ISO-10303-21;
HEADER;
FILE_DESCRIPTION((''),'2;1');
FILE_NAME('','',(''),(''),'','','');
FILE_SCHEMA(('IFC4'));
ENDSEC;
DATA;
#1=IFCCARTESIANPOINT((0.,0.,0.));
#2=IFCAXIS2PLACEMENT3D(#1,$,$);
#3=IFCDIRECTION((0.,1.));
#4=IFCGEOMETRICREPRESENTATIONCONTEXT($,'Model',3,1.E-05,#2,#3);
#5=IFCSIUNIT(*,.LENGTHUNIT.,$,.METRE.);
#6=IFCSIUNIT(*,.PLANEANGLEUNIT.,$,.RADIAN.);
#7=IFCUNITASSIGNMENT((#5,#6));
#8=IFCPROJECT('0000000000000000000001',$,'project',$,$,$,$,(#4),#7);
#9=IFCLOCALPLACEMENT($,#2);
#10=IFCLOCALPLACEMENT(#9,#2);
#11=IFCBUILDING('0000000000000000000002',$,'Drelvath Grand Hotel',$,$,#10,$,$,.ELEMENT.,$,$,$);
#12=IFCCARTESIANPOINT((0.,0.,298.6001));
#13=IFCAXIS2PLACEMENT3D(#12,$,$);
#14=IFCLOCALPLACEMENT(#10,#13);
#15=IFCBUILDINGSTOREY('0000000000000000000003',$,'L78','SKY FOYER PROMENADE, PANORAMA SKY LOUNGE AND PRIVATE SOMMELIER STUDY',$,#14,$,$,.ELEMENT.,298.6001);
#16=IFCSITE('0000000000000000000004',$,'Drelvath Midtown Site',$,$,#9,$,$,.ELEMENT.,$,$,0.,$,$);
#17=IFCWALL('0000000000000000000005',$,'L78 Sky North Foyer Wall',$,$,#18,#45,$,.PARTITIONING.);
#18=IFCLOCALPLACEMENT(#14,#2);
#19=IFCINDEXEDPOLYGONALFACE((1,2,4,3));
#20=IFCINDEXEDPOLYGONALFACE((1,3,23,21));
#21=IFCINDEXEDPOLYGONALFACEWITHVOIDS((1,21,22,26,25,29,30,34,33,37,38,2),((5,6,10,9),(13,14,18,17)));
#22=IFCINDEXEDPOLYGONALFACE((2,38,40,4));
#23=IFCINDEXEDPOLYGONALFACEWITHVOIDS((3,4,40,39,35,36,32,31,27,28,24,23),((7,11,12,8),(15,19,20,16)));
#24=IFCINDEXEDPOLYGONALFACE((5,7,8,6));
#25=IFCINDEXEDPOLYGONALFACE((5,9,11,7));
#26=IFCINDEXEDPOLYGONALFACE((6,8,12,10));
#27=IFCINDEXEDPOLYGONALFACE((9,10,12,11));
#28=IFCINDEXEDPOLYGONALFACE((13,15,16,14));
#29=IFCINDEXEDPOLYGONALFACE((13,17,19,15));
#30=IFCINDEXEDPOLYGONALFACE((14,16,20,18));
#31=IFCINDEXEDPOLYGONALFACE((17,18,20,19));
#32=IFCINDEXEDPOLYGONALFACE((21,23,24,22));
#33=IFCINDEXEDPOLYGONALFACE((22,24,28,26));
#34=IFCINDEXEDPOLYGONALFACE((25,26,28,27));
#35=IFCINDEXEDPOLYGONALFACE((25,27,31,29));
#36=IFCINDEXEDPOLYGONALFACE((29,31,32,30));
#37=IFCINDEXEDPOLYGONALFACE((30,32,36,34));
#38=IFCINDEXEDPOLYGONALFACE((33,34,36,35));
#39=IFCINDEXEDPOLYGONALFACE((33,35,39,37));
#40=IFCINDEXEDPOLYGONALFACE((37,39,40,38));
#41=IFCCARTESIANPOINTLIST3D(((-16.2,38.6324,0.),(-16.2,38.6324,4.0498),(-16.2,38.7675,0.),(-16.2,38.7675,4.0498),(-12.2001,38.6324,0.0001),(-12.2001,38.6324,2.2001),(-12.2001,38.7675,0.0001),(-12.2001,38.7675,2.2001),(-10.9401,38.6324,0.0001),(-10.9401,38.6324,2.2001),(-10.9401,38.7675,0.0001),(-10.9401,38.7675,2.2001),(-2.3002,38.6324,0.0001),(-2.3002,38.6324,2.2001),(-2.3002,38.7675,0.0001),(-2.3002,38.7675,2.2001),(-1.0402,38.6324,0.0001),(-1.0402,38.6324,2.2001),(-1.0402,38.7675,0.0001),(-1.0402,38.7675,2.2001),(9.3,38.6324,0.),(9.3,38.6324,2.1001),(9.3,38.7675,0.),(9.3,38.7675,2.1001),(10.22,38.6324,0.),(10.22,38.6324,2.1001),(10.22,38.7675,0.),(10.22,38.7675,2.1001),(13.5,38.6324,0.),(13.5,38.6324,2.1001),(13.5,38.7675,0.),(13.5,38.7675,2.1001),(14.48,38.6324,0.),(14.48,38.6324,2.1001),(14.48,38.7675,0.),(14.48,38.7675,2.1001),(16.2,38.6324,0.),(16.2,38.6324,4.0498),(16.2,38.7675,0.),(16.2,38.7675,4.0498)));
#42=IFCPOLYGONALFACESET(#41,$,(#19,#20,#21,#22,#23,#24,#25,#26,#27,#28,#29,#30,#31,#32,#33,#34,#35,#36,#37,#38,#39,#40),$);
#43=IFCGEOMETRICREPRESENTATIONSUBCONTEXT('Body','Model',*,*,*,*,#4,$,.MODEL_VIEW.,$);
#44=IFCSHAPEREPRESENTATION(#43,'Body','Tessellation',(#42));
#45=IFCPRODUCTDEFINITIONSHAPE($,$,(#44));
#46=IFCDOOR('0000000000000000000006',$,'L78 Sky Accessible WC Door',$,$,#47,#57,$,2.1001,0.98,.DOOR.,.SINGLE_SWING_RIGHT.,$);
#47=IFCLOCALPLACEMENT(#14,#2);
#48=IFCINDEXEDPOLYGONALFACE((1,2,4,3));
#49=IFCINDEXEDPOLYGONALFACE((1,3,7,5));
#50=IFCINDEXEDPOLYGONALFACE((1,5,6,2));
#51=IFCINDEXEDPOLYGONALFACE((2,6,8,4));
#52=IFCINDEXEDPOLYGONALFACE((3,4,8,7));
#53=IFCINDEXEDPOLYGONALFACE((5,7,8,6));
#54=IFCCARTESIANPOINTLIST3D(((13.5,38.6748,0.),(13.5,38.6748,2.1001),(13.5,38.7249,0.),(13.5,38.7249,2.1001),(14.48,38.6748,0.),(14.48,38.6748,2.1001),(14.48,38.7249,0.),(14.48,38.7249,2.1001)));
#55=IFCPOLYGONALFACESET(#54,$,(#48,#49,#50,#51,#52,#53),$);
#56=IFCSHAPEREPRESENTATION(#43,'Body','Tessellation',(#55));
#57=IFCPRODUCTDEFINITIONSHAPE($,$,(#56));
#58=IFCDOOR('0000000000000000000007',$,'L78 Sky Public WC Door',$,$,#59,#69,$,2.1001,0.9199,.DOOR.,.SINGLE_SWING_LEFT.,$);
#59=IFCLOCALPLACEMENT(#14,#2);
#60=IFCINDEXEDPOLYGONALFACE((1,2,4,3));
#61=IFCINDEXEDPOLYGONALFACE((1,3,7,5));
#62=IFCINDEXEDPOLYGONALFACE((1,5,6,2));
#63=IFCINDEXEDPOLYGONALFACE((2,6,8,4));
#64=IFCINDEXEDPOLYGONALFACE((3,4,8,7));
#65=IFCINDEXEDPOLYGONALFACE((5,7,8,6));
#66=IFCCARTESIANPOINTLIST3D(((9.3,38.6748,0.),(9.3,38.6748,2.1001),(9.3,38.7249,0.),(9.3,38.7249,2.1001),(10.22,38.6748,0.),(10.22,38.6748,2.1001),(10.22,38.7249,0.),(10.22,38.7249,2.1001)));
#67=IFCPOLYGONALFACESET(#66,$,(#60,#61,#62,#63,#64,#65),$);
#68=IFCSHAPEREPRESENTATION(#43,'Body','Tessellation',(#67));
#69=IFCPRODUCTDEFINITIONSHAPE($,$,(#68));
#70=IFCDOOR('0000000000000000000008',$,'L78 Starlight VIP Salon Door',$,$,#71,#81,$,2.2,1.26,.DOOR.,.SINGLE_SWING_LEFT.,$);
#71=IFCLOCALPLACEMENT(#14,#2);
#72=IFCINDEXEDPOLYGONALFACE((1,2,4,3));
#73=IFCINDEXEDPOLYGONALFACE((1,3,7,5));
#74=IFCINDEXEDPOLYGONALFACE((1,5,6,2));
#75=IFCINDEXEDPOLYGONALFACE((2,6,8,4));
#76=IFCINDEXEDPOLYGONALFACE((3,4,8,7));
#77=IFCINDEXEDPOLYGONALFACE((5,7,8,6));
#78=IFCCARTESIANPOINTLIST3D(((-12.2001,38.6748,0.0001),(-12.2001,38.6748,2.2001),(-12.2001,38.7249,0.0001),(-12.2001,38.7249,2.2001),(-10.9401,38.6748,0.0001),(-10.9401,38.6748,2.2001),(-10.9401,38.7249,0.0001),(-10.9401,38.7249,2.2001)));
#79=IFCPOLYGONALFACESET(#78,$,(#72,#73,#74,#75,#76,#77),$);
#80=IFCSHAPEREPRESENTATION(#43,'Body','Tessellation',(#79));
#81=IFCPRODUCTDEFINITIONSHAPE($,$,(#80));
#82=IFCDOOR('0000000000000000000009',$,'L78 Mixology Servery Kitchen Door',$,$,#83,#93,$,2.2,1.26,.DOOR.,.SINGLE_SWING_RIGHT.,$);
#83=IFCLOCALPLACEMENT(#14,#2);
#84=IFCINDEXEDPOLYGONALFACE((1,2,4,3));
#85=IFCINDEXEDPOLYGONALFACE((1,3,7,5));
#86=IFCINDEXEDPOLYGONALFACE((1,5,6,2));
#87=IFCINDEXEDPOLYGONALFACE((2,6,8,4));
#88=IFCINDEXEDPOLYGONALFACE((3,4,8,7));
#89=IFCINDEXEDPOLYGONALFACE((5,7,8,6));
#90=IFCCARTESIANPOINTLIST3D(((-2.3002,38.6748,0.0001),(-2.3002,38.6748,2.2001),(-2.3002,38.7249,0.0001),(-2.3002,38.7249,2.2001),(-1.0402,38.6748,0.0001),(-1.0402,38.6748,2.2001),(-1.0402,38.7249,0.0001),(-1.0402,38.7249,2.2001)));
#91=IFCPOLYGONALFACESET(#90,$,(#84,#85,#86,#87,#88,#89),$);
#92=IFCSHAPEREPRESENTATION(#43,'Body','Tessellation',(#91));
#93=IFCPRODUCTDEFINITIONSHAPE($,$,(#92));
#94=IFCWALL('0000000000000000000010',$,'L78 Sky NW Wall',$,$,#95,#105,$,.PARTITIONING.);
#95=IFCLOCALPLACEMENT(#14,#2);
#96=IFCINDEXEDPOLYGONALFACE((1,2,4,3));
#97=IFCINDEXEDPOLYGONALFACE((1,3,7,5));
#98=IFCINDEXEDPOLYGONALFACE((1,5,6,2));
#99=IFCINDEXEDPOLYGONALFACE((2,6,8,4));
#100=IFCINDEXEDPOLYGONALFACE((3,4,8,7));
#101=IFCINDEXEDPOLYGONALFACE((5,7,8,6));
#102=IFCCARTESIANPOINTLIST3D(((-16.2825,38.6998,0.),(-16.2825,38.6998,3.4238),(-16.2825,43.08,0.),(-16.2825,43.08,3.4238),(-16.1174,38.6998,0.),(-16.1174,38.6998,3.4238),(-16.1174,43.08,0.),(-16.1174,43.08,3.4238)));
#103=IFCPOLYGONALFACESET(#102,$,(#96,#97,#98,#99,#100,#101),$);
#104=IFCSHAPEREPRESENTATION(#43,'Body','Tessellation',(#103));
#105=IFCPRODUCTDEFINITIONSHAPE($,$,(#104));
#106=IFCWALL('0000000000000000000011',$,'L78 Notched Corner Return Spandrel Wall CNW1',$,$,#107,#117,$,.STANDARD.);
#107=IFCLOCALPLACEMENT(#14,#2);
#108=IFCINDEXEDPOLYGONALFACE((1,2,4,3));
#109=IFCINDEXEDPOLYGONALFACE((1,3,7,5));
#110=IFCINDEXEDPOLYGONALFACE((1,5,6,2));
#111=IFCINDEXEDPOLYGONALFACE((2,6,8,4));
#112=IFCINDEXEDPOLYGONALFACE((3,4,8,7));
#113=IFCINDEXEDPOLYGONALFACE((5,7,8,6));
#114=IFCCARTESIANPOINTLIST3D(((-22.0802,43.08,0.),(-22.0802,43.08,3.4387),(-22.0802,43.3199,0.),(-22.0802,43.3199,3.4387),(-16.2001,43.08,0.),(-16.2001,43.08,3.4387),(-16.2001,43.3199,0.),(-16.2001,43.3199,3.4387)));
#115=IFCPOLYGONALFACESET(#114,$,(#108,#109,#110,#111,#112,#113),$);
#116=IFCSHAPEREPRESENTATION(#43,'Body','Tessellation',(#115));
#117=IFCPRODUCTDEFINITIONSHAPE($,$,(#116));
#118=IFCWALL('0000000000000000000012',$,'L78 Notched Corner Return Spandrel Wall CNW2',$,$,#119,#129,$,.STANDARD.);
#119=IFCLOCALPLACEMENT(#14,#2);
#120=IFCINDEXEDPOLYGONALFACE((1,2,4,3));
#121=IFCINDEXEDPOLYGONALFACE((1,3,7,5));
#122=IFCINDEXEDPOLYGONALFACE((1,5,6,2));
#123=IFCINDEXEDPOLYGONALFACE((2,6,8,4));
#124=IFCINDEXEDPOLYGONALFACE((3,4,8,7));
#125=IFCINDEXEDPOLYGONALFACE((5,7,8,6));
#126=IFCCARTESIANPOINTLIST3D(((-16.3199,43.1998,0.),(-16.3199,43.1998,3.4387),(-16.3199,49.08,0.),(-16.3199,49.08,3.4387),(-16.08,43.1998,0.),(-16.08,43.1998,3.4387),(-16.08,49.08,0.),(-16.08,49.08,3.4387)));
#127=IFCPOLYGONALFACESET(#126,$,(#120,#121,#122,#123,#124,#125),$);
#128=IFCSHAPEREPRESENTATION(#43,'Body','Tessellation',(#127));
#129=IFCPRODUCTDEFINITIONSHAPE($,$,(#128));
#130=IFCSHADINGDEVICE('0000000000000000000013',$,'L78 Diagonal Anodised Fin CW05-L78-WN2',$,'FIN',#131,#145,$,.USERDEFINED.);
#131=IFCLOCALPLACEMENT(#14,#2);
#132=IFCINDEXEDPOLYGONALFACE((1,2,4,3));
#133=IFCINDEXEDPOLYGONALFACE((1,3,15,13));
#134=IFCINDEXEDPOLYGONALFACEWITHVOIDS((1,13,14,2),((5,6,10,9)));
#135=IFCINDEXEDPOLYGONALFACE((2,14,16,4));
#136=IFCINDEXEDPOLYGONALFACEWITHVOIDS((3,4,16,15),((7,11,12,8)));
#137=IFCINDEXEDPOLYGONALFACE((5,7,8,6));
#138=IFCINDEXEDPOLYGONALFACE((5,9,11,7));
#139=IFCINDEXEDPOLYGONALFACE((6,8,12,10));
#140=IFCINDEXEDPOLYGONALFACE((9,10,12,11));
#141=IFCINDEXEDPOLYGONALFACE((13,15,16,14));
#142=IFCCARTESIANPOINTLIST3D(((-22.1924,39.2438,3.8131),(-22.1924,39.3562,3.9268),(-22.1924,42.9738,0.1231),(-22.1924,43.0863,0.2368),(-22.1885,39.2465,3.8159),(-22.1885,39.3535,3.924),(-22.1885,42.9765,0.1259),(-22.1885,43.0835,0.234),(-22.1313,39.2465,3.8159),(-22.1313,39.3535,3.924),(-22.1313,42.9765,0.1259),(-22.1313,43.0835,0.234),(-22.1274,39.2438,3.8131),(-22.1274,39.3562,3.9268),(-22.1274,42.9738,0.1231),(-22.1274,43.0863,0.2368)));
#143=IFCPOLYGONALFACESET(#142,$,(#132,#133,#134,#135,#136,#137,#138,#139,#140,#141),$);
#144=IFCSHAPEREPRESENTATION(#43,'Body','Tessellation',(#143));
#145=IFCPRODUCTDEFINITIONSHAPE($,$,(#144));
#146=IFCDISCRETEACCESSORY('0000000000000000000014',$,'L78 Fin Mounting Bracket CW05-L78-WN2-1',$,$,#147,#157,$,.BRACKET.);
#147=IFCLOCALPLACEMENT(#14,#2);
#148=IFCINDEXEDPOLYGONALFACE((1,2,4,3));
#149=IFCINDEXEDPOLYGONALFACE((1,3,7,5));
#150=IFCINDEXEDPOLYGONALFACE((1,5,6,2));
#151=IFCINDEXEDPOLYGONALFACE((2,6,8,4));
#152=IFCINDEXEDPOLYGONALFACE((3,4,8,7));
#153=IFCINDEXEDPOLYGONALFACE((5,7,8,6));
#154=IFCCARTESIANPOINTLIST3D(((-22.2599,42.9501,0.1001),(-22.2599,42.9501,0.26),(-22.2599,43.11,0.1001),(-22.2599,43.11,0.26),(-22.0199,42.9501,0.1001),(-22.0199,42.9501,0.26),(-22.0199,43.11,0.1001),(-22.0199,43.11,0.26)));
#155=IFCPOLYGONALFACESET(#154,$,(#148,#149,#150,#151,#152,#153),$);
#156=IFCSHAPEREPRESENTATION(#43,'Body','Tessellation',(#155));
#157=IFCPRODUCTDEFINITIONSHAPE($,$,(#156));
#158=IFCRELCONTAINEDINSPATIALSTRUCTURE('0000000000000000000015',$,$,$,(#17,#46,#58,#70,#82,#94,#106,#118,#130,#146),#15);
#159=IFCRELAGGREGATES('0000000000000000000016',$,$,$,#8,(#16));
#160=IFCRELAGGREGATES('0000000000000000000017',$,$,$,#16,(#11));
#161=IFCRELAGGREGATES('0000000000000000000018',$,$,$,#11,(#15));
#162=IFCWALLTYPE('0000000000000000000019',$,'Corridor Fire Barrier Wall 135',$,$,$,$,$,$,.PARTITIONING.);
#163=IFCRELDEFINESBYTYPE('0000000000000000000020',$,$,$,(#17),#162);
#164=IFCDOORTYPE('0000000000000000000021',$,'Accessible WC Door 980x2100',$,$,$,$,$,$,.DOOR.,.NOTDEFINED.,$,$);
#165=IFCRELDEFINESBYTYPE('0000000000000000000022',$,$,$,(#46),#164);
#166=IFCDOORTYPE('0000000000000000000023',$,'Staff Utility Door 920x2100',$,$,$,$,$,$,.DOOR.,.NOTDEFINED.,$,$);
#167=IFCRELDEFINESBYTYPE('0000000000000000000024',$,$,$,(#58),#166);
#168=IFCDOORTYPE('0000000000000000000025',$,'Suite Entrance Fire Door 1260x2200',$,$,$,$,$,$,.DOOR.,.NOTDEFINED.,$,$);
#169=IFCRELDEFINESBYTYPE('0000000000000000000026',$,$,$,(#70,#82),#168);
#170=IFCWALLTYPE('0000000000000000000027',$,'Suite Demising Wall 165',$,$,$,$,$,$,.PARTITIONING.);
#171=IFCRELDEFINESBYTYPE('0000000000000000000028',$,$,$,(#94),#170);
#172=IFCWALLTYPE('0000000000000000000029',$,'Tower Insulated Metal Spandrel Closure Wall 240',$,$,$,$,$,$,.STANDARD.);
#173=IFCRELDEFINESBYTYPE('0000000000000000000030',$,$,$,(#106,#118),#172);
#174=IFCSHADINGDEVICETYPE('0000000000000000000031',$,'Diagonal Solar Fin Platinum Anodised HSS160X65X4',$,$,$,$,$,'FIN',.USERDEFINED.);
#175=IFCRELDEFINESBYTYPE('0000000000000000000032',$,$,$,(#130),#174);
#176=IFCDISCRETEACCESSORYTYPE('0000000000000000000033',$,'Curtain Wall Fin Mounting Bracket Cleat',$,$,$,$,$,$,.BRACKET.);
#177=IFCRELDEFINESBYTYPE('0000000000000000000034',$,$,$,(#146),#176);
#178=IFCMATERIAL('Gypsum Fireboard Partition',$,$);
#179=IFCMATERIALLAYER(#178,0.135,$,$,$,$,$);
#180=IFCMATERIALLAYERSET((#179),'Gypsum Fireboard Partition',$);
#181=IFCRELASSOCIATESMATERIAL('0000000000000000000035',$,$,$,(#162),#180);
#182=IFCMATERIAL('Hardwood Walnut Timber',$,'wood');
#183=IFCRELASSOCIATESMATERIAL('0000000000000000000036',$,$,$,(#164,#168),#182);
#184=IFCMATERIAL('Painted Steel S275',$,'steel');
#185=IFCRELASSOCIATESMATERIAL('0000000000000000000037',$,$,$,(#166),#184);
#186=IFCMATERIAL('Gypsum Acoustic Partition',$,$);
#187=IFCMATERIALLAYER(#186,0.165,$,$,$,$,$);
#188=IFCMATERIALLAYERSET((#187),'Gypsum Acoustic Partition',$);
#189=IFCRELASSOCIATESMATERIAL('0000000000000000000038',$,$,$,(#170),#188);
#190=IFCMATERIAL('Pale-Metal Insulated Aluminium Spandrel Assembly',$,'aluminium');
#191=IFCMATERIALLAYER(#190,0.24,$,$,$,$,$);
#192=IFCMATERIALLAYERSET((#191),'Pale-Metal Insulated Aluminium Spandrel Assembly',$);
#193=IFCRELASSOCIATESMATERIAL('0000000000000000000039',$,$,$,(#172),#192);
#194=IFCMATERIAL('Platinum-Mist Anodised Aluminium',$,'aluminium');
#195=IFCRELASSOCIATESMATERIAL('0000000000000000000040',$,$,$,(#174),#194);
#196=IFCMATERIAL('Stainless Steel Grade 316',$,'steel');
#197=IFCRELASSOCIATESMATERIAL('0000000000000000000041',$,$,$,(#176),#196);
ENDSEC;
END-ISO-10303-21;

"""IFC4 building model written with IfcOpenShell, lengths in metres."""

from ifc_helpers import new_model, si_unit, direction, frame, frame_2d, origin, origin_2d, place, context, subcontext, project, spatial, rectangle, hollow_rectangle, extrude, material, layer, layer_set, material_profile, profile_set, type_object, element, fill, save


model = new_model("IFC4")

# Units and contexts
model_context = context("Model", 3, precision=1e-05, world=origin(), true_north=direction((0.0, 1.0)))
body_context = subcontext(model_context, "Body", "Model", "MODEL_VIEW")
ifc_project = project(units=[si_unit("LENGTHUNIT", "METRE"), si_unit("PLANEANGLEUNIT", "RADIAN")], contexts=[model_context])

# Site, building, storey
site_placement = place(None, origin())
site = spatial("IfcSite", under=ifc_project, at=site_placement, Name="Drelvath Midtown Site", CompositionType="ELEMENT", RefElevation=0.0)
building_placement = place(site_placement, origin())
building = spatial("IfcBuilding", under=site, at=building_placement, Name="Drelvath Grand Hotel", CompositionType="ELEMENT")
storey_placement = place(building_placement, frame((0.0, 0.0, 298.6001)))
storey = spatial("IfcBuildingStorey", under=building, at=storey_placement, Name="L78", Description="SKY FOYER PROMENADE, PANORAMA SKY LOUNGE AND PRIVATE SOMMELIER STUDY", CompositionType="ELEMENT", Elevation=298.6001)

# Wall, openings, doors
ifc_material_1 = material(Name="Gypsum Fireboard Partition")
ifc_layer_1 = layer(ifc_material_1, 0.135)
ifc_layer_set_1 = layer_set([ifc_layer_1], Name="Gypsum Fireboard Partition")
wall_type_1 = type_object("IfcWallType", Name="Corridor Fire Barrier Wall 135", PredefinedType="PARTITIONING", material=ifc_layer_set_1)
wall_1_placement = place(storey_placement, frame((-16.2, 38.7, 0.0), z_axis=(0.0, 0.0, 1.0), x_axis=(1.0, 0.0, 0.0)))
wall_1 = element("IfcWall", 1, at=wall_1_placement, inside=storey, type_object=wall_type_1, Name="L78 Sky North Foyer Wall", PredefinedType="PARTITIONING", context=body_context, shape_type="SweptSolid", body=[
    extrude(rectangle(XDim=32.3999, YDim=0.135, at=frame_2d((16.2, 0.0))), origin(), (0.0, 0.0, 1.0), 4.0498),
])
opening_1_placement = place(wall_1_placement, frame((4.0, 0.0, 0.0)))
opening_1 = element("IfcOpeningElement", 2, at=opening_1_placement, cuts=wall_1, PredefinedType="OPENING", context=body_context, shape_type="SweptSolid", body=[
    extrude(rectangle(XDim=1.26, YDim=2.2, at=frame_2d((0.6299, 1.1001))), frame((0.0, 0.0774, 0.0), z_axis=(0.0, -1.0, 0.0), x_axis=(1.0, 0.0, 0.0)), (0.0, 0.0, 1.0), 0.155),
])
opening_2_placement = place(wall_1_placement, frame((13.8999, 0.0, 0.0)))
opening_2 = element("IfcOpeningElement", 3, at=opening_2_placement, cuts=wall_1, PredefinedType="OPENING", context=body_context, shape_type="SweptSolid", body=[
    extrude(rectangle(XDim=1.26, YDim=2.2, at=frame_2d((0.6299, 1.1001))), frame((0.0, 0.0774, 0.0), z_axis=(0.0, -1.0, 0.0), x_axis=(1.0, 0.0, 0.0)), (0.0, 0.0, 1.0), 0.155),
])
opening_3_placement = place(wall_1_placement, frame((25.5, 0.0, 0.0)))
opening_3 = element("IfcOpeningElement", 4, at=opening_3_placement, cuts=wall_1, PredefinedType="OPENING", context=body_context, shape_type="SweptSolid", body=[
    extrude(rectangle(XDim=0.9199, YDim=2.1001, at=frame_2d((0.46, 1.05))), frame((0.0, 0.0774, 0.0), z_axis=(0.0, -1.0, 0.0), x_axis=(1.0, 0.0, 0.0)), (0.0, 0.0, 1.0), 0.155),
])
opening_4_placement = place(wall_1_placement, frame((29.7, 0.0, 0.0)))
opening_4 = element("IfcOpeningElement", 5, at=opening_4_placement, cuts=wall_1, PredefinedType="OPENING", context=body_context, shape_type="SweptSolid", body=[
    extrude(rectangle(XDim=0.98, YDim=2.1001, at=frame_2d((0.49, 1.05))), frame((0.0, 0.0774, 0.0), z_axis=(0.0, -1.0, 0.0), x_axis=(1.0, 0.0, 0.0)), (0.0, 0.0, 1.0), 0.155),
])
ifc_material_2 = material(Name="Hardwood Walnut Timber", Category="wood")
door_type_1 = type_object("IfcDoorType", Name="Accessible WC Door 980x2100", OperationType="NOTDEFINED", PredefinedType="DOOR", material=ifc_material_2)
door_1_placement = place(opening_4_placement, origin())
door_1 = element("IfcDoor", 6, at=door_1_placement, inside=storey, type_object=door_type_1, Name="L78 Sky Accessible WC Door", OperationType="SINGLE_SWING_RIGHT", OverallHeight=2.1001, OverallWidth=0.98, PredefinedType="DOOR", context=body_context, shape_type="SweptSolid", body=[
    extrude(rectangle(XDim=0.98, YDim=2.1001, at=frame_2d((0.49, 1.05))), frame((0.0, 0.0249, 0.0), z_axis=(0.0, -1.0, 0.0), x_axis=(1.0, 0.0, 0.0)), (0.0, 0.0, 1.0), 0.05),
])
fill(opening_4, door_1)
ifc_material_3 = material(Name="Painted Steel S275", Category="steel")
door_type_2 = type_object("IfcDoorType", Name="Staff Utility Door 920x2100", OperationType="NOTDEFINED", PredefinedType="DOOR", material=ifc_material_3)
door_2_placement = place(opening_3_placement, origin())
door_2 = element("IfcDoor", 7, at=door_2_placement, inside=storey, type_object=door_type_2, Name="L78 Sky Public WC Door", OperationType="SINGLE_SWING_LEFT", OverallHeight=2.1001, OverallWidth=0.9199, PredefinedType="DOOR", context=body_context, shape_type="SweptSolid", body=[
    extrude(rectangle(XDim=0.9199, YDim=2.1001, at=frame_2d((0.46, 1.05))), frame((0.0, 0.0249, 0.0), z_axis=(0.0, -1.0, 0.0), x_axis=(1.0, 0.0, 0.0)), (0.0, 0.0, 1.0), 0.05),
])
fill(opening_3, door_2)
door_type_3 = type_object("IfcDoorType", Name="Suite Entrance Fire Door 1260x2200", OperationType="NOTDEFINED", PredefinedType="DOOR", material=ifc_material_2)
door_3_placement = place(opening_1_placement, origin())
door_3 = element("IfcDoor", 8, at=door_3_placement, inside=storey, type_object=door_type_3, Name="L78 Starlight VIP Salon Door", OperationType="SINGLE_SWING_LEFT", OverallHeight=2.2, OverallWidth=1.26, PredefinedType="DOOR", context=body_context, shape_type="SweptSolid", body=[
    extrude(rectangle(XDim=1.26, YDim=2.2, at=frame_2d((0.6299, 1.1001))), frame((0.0, 0.0249, 0.0), z_axis=(0.0, -1.0, 0.0), x_axis=(1.0, 0.0, 0.0)), (0.0, 0.0, 1.0), 0.05),
])
fill(opening_1, door_3)
door_4_placement = place(opening_2_placement, origin())
door_4 = element("IfcDoor", 9, at=door_4_placement, inside=storey, type_object=door_type_3, Name="L78 Mixology Servery Kitchen Door", OperationType="SINGLE_SWING_RIGHT", OverallHeight=2.2, OverallWidth=1.26, PredefinedType="DOOR", context=body_context, shape_type="SweptSolid", body=[
    extrude(rectangle(XDim=1.26, YDim=2.2, at=frame_2d((0.6299, 1.1001))), frame((0.0, 0.0249, 0.0), z_axis=(0.0, -1.0, 0.0), x_axis=(1.0, 0.0, 0.0)), (0.0, 0.0, 1.0), 0.05),
])
fill(opening_2, door_4)

# Walls
ifc_material_4 = material(Name="Gypsum Acoustic Partition")
ifc_layer_2 = layer(ifc_material_4, 0.165)
ifc_layer_set_2 = layer_set([ifc_layer_2], Name="Gypsum Acoustic Partition")
wall_type_2 = type_object("IfcWallType", Name="Suite Demising Wall 165", PredefinedType="PARTITIONING", material=ifc_layer_set_2)
wall_2_placement = place(storey_placement, frame((-16.2, 38.7, 0.0), z_axis=(0.0, 0.0, 1.0), x_axis=(0.0, 1.0, 0.0)))
element("IfcWall", 10, at=wall_2_placement, inside=storey, type_object=wall_type_2, Name="L78 Sky NW Wall", PredefinedType="PARTITIONING", context=body_context, shape_type="SweptSolid", body=[
    extrude(rectangle(XDim=4.3801, YDim=0.165, at=frame_2d((2.1899, 0.0))), origin(), (0.0, 0.0, 1.0), 3.4238),
])
ifc_material_5 = material(Name="Pale-Metal Insulated Aluminium Spandrel Assembly", Category="aluminium")
ifc_layer_3 = layer(ifc_material_5, 0.24)
ifc_layer_set_3 = layer_set([ifc_layer_3], Name="Pale-Metal Insulated Aluminium Spandrel Assembly")
wall_type_3 = type_object("IfcWallType", Name="Tower Insulated Metal Spandrel Closure Wall 240", PredefinedType="STANDARD", material=ifc_layer_set_3)
for number, where, z_axis, x_axis, name in (
    (11, (-22.0801, 43.2, 0.0), (0.0, 0.0, 1.0), (1.0, 0.0, 0.0), "L78 Notched Corner Return Spandrel Wall CNW1"),
    (12, (-16.2, 43.2, 0.0), (0.0, 0.0, 1.0), (0.0, 1.0, 0.0), "L78 Notched Corner Return Spandrel Wall CNW2"),
):
    element("IfcWall", number, at=place(storey_placement, frame(where, z_axis=z_axis, x_axis=x_axis)), inside=storey, type_object=wall_type_3, Name=name, PredefinedType="STANDARD", context=body_context, shape_type="SweptSolid", body=[
        extrude(rectangle(XDim=5.8801, YDim=0.24, at=frame_2d((2.9399, 0.0))), origin(), (0.0, 0.0, 1.0), 3.4387),
    ])

# Shading device
ifc_material_6 = material(Name="Platinum-Mist Anodised Aluminium", Category="aluminium")
ifc_material_profile_1 = material_profile(ifc_material_6, hollow_rectangle(XDim=0.0649, YDim=0.1599, WallThickness=0.0039, at=origin_2d()), Name="HSS160X65X4")
ifc_profile_set_1 = profile_set([ifc_material_profile_1], Name="Platinum-Mist Anodised Aluminium")
shading_device_type = type_object("IfcShadingDeviceType", Name="Diagonal Solar Fin Platinum Anodised HSS160X65X4", ElementType="FIN", PredefinedType="USERDEFINED", material=ifc_profile_set_1)
shading_device_placement = place(storey_placement, frame((-22.1599, 43.03, 0.1799), z_axis=(0.0, -0.710912, 0.703281), x_axis=(1.0, 0.0, 0.0)))
element("IfcShadingDevice", 13, at=shading_device_placement, inside=storey, type_object=shading_device_type, Name="L78 Diagonal Anodised Fin CW05-L78-WN2", ObjectType="FIN", PredefinedType="USERDEFINED", context=body_context, shape_type="SweptSolid", body=[
    extrude(hollow_rectangle(XDim=0.0649, YDim=0.1599, WallThickness=0.0039, at=origin_2d()), origin(), (0.0, 0.0, 1.0), 5.2468),
])

# Discrete accessory
ifc_material_7 = material(Name="Stainless Steel Grade 316", Category="steel")
discrete_accessory_type = type_object("IfcDiscreteAccessoryType", Name="Curtain Wall Fin Mounting Bracket Cleat", PredefinedType="BRACKET", material=ifc_material_7)
discrete_accessory_placement = place(storey_placement, frame((-22.1399, 43.03, 0.1001), z_axis=(0.0, 0.0, 1.0), x_axis=(0.0, 1.0, 0.0)))
element("IfcDiscreteAccessory", 14, at=discrete_accessory_placement, inside=storey, type_object=discrete_accessory_type, Name="L78 Fin Mounting Bracket CW05-L78-WN2-1", PredefinedType="BRACKET", context=body_context, shape_type="SweptSolid", body=[
    extrude(rectangle(XDim=0.1599, YDim=0.24, at=origin_2d()), origin(), (0.0, 0.0, 1.0), 0.1599),
])

save(model, "model.ifc")
